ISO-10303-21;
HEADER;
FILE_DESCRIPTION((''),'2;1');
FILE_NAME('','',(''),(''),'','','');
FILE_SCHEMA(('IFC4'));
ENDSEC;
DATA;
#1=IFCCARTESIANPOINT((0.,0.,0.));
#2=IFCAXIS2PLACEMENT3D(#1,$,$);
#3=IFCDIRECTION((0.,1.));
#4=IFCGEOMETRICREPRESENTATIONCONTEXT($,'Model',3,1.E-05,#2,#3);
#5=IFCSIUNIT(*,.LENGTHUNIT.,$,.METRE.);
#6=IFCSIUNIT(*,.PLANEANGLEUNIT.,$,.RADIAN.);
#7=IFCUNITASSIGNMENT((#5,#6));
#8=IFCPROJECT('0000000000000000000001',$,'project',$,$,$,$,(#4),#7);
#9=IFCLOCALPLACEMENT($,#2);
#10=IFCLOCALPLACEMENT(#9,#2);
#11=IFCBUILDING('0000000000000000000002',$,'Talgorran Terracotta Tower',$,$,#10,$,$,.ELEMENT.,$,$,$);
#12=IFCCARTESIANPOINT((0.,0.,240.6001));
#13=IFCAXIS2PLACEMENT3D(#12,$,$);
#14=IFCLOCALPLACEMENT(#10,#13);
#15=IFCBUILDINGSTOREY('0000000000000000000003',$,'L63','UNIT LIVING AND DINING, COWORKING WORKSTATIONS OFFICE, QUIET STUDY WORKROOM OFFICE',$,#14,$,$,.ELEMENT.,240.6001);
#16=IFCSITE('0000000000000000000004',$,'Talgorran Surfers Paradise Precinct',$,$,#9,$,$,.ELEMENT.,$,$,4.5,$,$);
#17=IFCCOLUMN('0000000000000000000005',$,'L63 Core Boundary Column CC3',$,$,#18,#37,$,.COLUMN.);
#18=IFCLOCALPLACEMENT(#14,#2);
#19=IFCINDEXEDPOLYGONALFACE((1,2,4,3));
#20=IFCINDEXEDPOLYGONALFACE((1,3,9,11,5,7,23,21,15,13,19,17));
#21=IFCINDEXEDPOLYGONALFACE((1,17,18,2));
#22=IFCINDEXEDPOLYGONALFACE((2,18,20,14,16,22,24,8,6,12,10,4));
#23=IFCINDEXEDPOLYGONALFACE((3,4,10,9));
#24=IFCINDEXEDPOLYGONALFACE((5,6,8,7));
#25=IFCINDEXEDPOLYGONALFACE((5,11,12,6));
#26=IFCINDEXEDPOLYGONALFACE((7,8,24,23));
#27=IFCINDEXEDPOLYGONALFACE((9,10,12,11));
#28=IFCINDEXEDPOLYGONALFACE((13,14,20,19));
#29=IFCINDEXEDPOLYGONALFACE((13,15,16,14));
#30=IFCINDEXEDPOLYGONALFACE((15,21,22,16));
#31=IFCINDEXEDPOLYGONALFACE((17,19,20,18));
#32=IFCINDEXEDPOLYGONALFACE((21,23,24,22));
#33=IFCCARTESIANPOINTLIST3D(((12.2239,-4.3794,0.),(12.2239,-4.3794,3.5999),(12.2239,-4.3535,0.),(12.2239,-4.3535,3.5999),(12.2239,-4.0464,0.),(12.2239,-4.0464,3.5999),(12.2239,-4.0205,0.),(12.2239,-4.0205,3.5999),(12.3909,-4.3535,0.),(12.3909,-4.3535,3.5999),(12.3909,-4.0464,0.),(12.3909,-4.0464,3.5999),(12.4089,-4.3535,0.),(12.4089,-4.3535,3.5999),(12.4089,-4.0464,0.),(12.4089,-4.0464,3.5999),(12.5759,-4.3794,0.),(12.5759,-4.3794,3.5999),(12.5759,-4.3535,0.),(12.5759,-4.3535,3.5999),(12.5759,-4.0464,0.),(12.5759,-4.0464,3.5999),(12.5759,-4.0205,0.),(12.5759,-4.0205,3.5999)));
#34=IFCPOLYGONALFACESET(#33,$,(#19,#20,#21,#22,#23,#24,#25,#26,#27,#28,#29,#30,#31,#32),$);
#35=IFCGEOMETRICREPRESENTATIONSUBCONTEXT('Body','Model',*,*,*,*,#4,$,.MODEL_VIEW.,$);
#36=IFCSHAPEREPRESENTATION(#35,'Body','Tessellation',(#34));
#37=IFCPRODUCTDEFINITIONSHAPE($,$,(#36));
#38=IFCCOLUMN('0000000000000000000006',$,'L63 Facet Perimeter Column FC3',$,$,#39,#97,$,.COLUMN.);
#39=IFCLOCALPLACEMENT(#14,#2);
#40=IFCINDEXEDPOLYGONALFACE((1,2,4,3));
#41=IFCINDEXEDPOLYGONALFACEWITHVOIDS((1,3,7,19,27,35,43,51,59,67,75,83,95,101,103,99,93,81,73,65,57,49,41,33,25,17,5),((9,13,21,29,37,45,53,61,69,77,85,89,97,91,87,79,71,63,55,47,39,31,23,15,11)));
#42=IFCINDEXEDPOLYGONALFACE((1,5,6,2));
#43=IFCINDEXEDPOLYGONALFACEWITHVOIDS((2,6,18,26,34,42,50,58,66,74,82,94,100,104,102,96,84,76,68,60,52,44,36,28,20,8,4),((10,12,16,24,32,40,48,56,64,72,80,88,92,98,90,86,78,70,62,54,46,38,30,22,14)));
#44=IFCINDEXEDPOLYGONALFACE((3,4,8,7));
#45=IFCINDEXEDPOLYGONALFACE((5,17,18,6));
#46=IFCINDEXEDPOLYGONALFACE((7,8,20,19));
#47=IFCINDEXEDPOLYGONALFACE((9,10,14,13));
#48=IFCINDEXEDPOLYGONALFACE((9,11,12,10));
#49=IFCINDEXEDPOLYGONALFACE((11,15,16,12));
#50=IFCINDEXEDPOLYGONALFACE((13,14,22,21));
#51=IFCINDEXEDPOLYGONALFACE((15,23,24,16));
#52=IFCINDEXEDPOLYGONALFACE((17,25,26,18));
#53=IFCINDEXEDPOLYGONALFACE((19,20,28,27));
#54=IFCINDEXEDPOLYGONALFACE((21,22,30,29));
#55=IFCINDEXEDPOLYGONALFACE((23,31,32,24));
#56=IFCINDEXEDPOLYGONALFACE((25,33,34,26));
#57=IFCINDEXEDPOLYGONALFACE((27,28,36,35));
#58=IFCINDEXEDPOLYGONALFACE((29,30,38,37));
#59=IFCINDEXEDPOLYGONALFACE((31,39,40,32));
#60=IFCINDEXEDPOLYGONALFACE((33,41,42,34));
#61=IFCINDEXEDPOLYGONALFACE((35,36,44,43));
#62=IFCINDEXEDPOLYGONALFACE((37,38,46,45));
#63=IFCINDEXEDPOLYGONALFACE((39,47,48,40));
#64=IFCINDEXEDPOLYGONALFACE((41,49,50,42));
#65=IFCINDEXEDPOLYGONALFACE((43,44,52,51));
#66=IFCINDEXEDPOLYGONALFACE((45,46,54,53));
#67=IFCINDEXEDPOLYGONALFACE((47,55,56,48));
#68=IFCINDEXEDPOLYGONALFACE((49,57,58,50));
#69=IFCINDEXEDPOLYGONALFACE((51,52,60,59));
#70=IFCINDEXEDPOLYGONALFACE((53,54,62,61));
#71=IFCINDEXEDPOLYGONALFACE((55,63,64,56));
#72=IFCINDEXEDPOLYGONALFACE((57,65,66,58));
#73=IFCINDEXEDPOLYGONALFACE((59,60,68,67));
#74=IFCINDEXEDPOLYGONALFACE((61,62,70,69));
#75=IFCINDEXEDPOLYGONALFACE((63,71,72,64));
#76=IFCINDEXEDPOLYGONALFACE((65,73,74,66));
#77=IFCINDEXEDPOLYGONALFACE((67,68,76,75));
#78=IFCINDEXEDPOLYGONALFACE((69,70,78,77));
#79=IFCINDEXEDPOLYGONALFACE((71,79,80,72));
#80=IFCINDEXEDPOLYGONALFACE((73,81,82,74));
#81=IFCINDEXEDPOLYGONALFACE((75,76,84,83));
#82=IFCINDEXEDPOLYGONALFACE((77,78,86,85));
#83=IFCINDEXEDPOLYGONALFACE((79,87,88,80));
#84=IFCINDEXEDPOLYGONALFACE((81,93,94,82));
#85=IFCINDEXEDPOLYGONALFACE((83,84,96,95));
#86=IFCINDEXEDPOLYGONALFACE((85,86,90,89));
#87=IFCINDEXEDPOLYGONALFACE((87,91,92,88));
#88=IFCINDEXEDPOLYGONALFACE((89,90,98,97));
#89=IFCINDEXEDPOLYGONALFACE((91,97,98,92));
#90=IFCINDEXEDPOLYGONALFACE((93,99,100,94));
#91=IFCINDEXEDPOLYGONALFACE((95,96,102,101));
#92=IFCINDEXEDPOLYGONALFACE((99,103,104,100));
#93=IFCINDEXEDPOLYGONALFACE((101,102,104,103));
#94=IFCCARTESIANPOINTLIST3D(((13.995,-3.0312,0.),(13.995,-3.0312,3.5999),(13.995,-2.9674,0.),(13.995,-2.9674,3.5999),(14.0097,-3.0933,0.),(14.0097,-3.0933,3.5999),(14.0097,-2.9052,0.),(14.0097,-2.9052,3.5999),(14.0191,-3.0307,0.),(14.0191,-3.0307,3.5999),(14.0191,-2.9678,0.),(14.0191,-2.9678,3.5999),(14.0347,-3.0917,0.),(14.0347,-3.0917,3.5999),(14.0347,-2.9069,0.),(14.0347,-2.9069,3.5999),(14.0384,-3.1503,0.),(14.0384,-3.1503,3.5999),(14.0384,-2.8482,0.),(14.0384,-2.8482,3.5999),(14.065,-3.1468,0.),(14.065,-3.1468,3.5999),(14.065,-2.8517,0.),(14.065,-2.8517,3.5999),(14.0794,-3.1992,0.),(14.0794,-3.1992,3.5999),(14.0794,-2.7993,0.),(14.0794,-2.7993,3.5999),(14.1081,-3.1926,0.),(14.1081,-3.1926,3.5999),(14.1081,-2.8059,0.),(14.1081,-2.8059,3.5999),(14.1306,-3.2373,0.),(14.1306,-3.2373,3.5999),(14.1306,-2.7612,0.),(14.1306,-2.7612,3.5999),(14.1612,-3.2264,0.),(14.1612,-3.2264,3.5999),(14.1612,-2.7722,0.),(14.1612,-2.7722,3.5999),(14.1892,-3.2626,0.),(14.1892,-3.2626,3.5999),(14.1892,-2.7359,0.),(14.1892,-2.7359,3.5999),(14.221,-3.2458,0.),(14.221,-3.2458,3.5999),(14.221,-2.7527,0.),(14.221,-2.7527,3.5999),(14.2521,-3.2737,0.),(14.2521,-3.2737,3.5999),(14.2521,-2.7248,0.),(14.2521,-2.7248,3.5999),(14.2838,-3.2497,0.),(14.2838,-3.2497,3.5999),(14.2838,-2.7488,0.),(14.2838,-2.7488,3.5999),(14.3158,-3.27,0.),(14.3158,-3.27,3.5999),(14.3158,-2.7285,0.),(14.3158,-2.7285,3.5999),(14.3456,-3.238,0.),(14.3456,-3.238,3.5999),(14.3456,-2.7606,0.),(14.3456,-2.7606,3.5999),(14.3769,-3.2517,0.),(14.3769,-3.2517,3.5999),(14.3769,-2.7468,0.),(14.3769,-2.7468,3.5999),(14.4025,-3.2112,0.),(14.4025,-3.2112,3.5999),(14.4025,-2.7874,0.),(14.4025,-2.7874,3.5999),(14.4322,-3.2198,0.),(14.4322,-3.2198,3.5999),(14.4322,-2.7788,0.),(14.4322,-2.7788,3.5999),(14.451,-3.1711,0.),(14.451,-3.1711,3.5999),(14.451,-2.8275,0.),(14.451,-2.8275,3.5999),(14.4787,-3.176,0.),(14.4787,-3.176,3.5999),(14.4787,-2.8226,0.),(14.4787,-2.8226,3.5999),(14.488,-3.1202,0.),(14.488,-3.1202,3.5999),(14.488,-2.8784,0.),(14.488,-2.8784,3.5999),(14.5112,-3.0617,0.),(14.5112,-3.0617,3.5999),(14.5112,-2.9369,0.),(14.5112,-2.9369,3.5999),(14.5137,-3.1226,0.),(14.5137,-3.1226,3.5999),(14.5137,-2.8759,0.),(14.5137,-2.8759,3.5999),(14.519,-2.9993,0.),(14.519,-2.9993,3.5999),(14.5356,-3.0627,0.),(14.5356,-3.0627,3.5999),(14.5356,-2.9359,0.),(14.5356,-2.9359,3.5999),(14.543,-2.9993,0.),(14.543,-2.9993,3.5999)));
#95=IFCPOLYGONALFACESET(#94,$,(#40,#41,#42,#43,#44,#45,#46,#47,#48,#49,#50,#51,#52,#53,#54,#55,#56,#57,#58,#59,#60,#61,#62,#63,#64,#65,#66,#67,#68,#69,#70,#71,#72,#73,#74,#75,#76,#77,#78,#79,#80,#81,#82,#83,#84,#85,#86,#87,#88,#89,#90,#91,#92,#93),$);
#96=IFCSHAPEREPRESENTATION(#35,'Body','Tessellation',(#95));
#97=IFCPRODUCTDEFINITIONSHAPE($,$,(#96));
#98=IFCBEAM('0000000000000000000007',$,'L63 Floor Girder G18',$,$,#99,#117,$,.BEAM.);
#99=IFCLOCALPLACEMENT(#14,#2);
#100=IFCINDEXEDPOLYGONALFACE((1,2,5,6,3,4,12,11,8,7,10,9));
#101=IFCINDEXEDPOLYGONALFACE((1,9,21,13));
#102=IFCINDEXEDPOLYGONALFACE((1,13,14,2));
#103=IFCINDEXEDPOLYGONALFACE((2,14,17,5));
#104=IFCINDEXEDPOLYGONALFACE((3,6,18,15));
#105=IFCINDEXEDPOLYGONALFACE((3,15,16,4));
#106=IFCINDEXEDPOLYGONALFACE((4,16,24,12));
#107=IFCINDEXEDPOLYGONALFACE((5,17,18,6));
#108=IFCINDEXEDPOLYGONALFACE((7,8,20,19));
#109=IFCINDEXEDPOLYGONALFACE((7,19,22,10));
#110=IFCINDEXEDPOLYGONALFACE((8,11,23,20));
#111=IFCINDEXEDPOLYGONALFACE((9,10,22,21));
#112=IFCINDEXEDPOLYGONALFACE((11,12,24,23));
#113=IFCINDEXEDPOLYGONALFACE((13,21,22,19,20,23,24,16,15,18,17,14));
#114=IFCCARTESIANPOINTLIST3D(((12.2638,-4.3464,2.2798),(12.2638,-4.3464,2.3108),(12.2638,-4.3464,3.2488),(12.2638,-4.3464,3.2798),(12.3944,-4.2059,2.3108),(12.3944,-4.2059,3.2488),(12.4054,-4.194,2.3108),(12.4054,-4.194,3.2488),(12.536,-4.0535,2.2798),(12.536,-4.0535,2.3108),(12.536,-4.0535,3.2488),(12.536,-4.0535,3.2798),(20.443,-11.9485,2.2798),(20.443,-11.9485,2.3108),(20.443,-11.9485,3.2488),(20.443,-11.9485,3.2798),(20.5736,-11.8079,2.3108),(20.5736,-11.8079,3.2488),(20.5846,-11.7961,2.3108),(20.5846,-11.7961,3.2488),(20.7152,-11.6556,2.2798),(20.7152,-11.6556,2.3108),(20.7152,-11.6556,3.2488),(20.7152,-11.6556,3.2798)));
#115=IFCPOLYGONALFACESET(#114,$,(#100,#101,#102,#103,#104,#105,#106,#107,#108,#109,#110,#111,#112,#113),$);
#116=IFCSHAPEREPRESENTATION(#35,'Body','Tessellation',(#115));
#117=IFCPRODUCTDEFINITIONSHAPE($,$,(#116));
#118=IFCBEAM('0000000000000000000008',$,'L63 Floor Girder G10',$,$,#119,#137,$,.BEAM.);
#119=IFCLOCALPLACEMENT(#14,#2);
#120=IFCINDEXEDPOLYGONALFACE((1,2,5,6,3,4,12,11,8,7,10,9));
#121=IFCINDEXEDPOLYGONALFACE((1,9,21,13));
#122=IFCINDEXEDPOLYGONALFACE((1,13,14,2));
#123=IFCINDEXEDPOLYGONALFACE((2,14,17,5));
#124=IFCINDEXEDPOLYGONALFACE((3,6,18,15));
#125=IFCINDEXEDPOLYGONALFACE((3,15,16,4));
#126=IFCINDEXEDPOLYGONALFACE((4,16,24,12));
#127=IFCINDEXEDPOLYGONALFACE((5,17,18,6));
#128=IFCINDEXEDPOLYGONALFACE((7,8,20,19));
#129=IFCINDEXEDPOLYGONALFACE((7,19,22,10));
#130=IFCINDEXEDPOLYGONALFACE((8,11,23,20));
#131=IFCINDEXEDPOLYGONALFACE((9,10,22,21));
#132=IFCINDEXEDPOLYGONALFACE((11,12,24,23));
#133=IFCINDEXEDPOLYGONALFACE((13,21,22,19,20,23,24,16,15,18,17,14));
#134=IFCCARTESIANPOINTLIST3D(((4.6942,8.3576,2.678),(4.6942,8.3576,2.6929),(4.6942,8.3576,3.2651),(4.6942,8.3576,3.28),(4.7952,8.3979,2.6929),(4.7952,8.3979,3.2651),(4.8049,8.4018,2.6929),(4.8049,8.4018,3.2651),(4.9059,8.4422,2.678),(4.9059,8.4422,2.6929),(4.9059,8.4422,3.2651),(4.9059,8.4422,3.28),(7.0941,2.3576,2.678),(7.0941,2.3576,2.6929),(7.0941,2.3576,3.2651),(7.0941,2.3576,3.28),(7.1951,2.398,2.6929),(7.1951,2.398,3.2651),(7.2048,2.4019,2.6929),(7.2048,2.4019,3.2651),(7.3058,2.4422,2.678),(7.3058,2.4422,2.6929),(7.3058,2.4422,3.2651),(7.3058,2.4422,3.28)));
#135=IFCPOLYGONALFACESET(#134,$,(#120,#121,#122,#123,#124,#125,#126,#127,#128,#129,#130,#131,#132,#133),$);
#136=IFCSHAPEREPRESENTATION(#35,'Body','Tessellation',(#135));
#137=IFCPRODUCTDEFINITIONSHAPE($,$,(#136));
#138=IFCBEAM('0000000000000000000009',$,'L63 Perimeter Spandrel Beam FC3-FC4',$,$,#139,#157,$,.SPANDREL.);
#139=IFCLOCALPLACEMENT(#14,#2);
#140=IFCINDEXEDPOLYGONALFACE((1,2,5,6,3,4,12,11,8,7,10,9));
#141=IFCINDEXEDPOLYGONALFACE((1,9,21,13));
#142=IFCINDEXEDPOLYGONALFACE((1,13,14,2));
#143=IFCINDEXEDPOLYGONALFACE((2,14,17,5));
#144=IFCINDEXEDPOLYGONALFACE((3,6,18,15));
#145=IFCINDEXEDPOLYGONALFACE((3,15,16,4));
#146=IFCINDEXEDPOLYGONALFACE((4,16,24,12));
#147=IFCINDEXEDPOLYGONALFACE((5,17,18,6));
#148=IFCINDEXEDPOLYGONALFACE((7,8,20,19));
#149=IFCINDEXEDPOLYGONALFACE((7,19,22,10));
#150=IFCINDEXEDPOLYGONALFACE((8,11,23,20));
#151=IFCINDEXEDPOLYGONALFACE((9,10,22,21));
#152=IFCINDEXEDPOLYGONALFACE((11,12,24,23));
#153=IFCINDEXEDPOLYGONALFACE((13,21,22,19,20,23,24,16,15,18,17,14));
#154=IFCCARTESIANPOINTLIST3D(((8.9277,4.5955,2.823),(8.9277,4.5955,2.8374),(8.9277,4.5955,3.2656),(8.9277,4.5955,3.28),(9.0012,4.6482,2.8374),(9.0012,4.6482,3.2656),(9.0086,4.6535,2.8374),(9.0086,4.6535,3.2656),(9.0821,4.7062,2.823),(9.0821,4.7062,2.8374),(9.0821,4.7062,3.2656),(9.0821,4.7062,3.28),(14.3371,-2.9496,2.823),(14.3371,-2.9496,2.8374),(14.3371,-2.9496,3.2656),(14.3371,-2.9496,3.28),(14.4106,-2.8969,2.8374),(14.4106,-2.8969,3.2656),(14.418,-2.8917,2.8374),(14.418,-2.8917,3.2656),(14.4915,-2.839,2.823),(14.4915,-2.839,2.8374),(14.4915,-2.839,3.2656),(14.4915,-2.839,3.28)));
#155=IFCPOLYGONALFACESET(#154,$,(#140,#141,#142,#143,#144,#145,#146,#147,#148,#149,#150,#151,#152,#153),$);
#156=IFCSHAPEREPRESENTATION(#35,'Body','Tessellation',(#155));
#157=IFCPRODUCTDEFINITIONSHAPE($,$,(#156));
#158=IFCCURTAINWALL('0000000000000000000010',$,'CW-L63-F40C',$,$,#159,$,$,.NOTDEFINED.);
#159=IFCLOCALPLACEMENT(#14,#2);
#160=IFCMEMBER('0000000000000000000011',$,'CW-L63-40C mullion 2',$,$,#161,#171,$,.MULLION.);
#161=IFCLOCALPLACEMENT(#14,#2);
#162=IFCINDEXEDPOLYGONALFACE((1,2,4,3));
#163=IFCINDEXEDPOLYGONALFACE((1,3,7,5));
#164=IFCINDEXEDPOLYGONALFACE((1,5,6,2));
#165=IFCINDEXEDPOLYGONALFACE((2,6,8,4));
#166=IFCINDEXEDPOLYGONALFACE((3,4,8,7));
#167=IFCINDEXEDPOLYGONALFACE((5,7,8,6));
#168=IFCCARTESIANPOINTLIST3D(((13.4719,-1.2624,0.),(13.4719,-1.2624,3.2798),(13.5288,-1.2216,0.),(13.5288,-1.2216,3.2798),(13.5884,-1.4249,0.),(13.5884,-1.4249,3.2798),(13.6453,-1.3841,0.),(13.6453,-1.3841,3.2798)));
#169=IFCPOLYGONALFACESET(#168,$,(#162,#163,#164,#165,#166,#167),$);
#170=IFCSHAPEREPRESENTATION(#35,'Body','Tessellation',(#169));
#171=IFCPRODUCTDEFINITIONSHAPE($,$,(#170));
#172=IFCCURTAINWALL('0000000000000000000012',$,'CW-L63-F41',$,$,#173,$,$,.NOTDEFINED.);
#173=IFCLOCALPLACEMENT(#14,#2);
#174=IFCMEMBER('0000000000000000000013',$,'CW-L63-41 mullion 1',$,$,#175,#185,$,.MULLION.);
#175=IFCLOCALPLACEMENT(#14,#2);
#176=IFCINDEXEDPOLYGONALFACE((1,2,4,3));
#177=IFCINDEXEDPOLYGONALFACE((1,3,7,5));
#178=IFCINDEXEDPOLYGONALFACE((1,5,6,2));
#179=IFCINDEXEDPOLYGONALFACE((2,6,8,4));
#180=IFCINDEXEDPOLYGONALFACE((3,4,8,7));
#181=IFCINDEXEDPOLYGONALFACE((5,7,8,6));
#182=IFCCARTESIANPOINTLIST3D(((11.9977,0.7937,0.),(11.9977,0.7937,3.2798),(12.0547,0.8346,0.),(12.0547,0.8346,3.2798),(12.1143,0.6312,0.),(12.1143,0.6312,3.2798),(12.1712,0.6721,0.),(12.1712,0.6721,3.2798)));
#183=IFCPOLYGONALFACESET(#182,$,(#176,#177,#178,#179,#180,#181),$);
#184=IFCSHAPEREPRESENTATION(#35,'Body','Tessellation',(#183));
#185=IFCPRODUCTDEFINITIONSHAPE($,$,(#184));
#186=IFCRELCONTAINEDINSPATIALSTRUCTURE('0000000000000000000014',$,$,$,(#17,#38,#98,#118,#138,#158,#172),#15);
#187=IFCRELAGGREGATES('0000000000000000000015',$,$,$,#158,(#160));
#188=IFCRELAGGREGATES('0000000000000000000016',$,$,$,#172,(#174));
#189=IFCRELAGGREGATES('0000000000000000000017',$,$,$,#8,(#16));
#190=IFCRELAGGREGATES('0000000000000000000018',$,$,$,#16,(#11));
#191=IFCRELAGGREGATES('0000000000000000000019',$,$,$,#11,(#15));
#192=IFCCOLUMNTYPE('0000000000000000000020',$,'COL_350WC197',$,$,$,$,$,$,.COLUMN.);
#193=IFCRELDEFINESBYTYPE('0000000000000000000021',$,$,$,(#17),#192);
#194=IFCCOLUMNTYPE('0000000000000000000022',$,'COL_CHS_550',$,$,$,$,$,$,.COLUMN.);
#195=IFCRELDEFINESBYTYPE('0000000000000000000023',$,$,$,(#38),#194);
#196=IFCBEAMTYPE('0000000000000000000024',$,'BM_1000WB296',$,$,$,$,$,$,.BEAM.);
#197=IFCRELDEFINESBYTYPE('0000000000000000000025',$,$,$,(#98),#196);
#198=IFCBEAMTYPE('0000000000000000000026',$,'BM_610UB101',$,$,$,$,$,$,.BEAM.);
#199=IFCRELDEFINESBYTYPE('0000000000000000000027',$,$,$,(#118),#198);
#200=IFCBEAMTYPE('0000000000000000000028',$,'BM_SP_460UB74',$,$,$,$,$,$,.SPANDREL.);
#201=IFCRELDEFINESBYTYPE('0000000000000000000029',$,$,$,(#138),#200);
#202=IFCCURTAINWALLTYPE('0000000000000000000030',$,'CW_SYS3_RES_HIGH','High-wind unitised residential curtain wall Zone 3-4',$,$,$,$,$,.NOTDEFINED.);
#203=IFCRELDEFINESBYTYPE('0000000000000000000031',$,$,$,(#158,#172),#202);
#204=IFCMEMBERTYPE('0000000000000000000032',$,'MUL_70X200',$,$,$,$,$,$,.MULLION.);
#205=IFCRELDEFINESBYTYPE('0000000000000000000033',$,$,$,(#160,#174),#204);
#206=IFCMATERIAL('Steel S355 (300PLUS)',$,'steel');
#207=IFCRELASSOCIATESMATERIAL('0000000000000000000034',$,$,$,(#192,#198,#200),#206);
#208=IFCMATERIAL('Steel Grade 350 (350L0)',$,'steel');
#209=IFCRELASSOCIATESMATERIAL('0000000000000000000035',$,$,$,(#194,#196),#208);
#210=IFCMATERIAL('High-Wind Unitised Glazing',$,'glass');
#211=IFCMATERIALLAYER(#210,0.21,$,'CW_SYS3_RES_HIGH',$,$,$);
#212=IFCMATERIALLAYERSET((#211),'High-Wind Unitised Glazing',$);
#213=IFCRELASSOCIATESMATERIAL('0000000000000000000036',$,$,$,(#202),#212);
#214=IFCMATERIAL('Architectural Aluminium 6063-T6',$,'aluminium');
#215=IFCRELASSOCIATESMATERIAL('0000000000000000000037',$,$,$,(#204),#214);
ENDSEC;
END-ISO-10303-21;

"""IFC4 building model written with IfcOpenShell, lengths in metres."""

from ifc_helpers import new_model, si_unit, direction, frame, origin, origin_2d, place, context, subcontext, project, spatial, rectangle, hollow_circle, i_section, extrude, material, layer, layer_set, material_profile, profile_set, type_object, element, aggregate, save


model = new_model("IFC4")

# Units and contexts
model_context = context("Model", 3, precision=1e-05, world=origin(), true_north=direction((0.0, 1.0)))
body_context = subcontext(model_context, "Body", "Model", "MODEL_VIEW")
ifc_project = project(units=[si_unit("LENGTHUNIT", "METRE"), si_unit("PLANEANGLEUNIT", "RADIAN")], contexts=[model_context])

# Site, building, storey
site_placement = place(None, origin())
site = spatial("IfcSite", under=ifc_project, at=site_placement, Name="Talgorran Surfers Paradise Precinct", CompositionType="ELEMENT", RefElevation=4.5)
building_placement = place(site_placement, origin())
building = spatial("IfcBuilding", under=site, at=building_placement, Name="Talgorran Terracotta Tower", CompositionType="ELEMENT")
storey_placement = place(building_placement, frame((0.0, 0.0, 240.6001)))
storey = spatial("IfcBuildingStorey", under=building, at=storey_placement, Name="L63", Description="UNIT LIVING AND DINING, COWORKING WORKSTATIONS OFFICE, QUIET STUDY WORKROOM OFFICE", CompositionType="ELEMENT", Elevation=240.6001)

# Columns
ifc_material_1 = material(Name="Steel S355 (300PLUS)", Category="steel")
ifc_material_profile_1 = material_profile(ifc_material_1, i_section(OverallWidth=0.3521, OverallDepth=0.3589, WebThickness=0.0181, FlangeThickness=0.0259, at=origin_2d()), Name="350WC197")
ifc_profile_set_1 = profile_set([ifc_material_profile_1], Name="Steel S355 (300PLUS)")
column_type_1 = type_object("IfcColumnType", Name="COL_350WC197", PredefinedType="COLUMN", material=ifc_profile_set_1)
column_1_placement = place(storey_placement, frame((12.3999, -4.2, 0.0), z_axis=(0.0, 0.0, 1.0), x_axis=(1.0, 0.0, 0.0)))
element("IfcColumn", 1, at=column_1_placement, inside=storey, type_object=column_type_1, Name="L63 Core Boundary Column CC3", PredefinedType="COLUMN", context=body_context, shape_type="SweptSolid", body=[
    extrude(i_section(OverallWidth=0.3521, OverallDepth=0.3589, WebThickness=0.0181, FlangeThickness=0.0259, at=origin_2d()), origin(), (0.0, 0.0, 1.0), 3.5999),
])
ifc_material_2 = material(Name="Steel Grade 350 (350L0)", Category="steel")
ifc_material_profile_2 = material_profile(ifc_material_2, hollow_circle(Radius=0.2749, WallThickness=0.0239, at=origin_2d()), Name="CHS550X24")
ifc_profile_set_2 = profile_set([ifc_material_profile_2], Name="Steel Grade 350 (350L0)")
column_type_2 = type_object("IfcColumnType", Name="COL_CHS_550", PredefinedType="COLUMN", material=ifc_profile_set_2)
column_2_placement = place(storey_placement, frame((14.2681, -2.9993, 0.0), z_axis=(0.0, 0.0, 1.0), x_axis=(1.0, 0.0, 0.0)))
element("IfcColumn", 2, at=column_2_placement, inside=storey, type_object=column_type_2, Name="L63 Facet Perimeter Column FC3", PredefinedType="COLUMN", context=body_context, shape_type="SweptSolid", body=[
    extrude(hollow_circle(Radius=0.2749, WallThickness=0.0239, at=origin_2d()), origin(), (0.0, 0.0, 1.0), 3.5999),
])

# Beams
ifc_material_profile_3 = material_profile(ifc_material_2, i_section(OverallWidth=0.3999, OverallDepth=1.0, WebThickness=0.0161, FlangeThickness=0.031, at=origin_2d()), Name="1000WB296")
ifc_profile_set_3 = profile_set([ifc_material_profile_3], Name="Steel Grade 350 (350L0)")
beam_type_1 = type_object("IfcBeamType", Name="BM_1000WB296", PredefinedType="BEAM", material=ifc_profile_set_3)
beam_1_placement = place(storey_placement, frame((12.3999, -4.2, 2.7798), z_axis=(0.732477, -0.680792, 0.0), x_axis=(0.680792, 0.732477, 0.0)))
element("IfcBeam", 3, at=beam_1_placement, inside=storey, type_object=beam_type_1, Name="L63 Floor Girder G18", PredefinedType="BEAM", context=body_context, shape_type="SweptSolid", body=[
    extrude(i_section(OverallWidth=0.3999, OverallDepth=1.0, WebThickness=0.0161, FlangeThickness=0.031, at=origin_2d()), origin(), (0.0, 0.0, 1.0), 11.1665),
])
ifc_material_profile_4 = material_profile(ifc_material_1, i_section(OverallWidth=0.228, OverallDepth=0.6021, WebThickness=0.0105, FlangeThickness=0.0149, at=origin_2d()), Name="610UB101")
ifc_profile_set_4 = profile_set([ifc_material_profile_4], Name="Steel S355 (300PLUS)")
beam_type_2 = type_object("IfcBeamType", Name="BM_610UB101", PredefinedType="BEAM", material=ifc_profile_set_4)
beam_2_placement = place(storey_placement, frame((7.2, 2.3999, 2.979), z_axis=(-0.371378, 0.928482, 0.0), x_axis=(-0.928482, -0.371378, 0.0)))
element("IfcBeam", 4, at=beam_2_placement, inside=storey, type_object=beam_type_2, Name="L63 Floor Girder G10", PredefinedType="BEAM", context=body_context, shape_type="SweptSolid", body=[
    extrude(i_section(OverallWidth=0.228, OverallDepth=0.6021, WebThickness=0.0105, FlangeThickness=0.0149, at=origin_2d()), origin(), (0.0, 0.0, 1.0), 6.4622),
])
ifc_material_profile_5 = material_profile(ifc_material_1, i_section(OverallWidth=0.1899, OverallDepth=0.457, WebThickness=0.009, FlangeThickness=0.0144, at=origin_2d()), Name="460UB74.6")
ifc_profile_set_5 = profile_set([ifc_material_profile_5], Name="Steel S355 (300PLUS)")
beam_type_3 = type_object("IfcBeamType", Name="BM_SP_460UB74", PredefinedType="SPANDREL", material=ifc_profile_set_5)
beam_3_placement = place(storey_placement, frame((14.4143, -2.8943, 3.0515), z_axis=(-0.582665, 0.812712, 0.0), x_axis=(-0.812712, -0.582665, 0.0)))
element("IfcBeam", 5, at=beam_3_placement, inside=storey, type_object=beam_type_3, Name="L63 Perimeter Spandrel Beam FC3-FC4", PredefinedType="SPANDREL", context=body_context, shape_type="SweptSolid", body=[
    extrude(i_section(OverallWidth=0.1899, OverallDepth=0.457, WebThickness=0.009, FlangeThickness=0.0144, at=origin_2d()), origin(), (0.0, 0.0, 1.0), 9.2839),
])

# Curtain wall, member
ifc_material_3 = material(Name="High-Wind Unitised Glazing", Category="glass")
ifc_layer_1 = layer(ifc_material_3, 0.21, Name="CW_SYS3_RES_HIGH")
ifc_layer_set_1 = layer_set([ifc_layer_1], Name="High-Wind Unitised Glazing")
curtain_wall_type = type_object("IfcCurtainWallType", Name="CW_SYS3_RES_HIGH", Description="High-wind unitised residential curtain wall Zone 3-4", PredefinedType="NOTDEFINED", material=ifc_layer_set_1)
curtain_wall_1_placement = place(storey_placement, origin())
curtain_wall_1 = element("IfcCurtainWall", 6, at=curtain_wall_1_placement, inside=storey, type_object=curtain_wall_type, Name="CW-L63-F40C", PredefinedType="NOTDEFINED")
ifc_material_4 = material(Name="Architectural Aluminium 6063-T6", Category="aluminium")
ifc_material_profile_6 = material_profile(ifc_material_4, rectangle(XDim=0.0701, YDim=0.2, at=origin_2d()), Name="CWM70X200")
ifc_profile_set_6 = profile_set([ifc_material_profile_6], Name="Architectural Aluminium 6063-T6")
member_type_1 = type_object("IfcMemberType", Name="MUL_70X200", PredefinedType="MULLION", material=ifc_profile_set_6)
member_1_placement = place(storey_placement, frame((13.5586, -1.3232, 0.0), z_axis=(0.0, 0.0, 1.0), x_axis=(-0.812712, -0.582665, 0.0)))
member_1 = element("IfcMember", 7, at=member_1_placement, type_object=member_type_1, Name="CW-L63-40C mullion 2", PredefinedType="MULLION", context=body_context, shape_type="SweptSolid", body=[
    extrude(rectangle(XDim=0.0701, YDim=0.2, at=origin_2d()), origin(), (0.0, 0.0, 1.0), 3.2798),
])

# Curtain wall, member
curtain_wall_2_placement = place(storey_placement, origin())
curtain_wall_2 = element("IfcCurtainWall", 8, at=curtain_wall_2_placement, inside=storey, type_object=curtain_wall_type, Name="CW-L63-F41", PredefinedType="NOTDEFINED")
member_2_placement = place(storey_placement, frame((12.0845, 0.7329, 0.0), z_axis=(0.0, 0.0, 1.0), x_axis=(-0.812715, -0.582661, 0.0)))
member_2 = element("IfcMember", 9, at=member_2_placement, type_object=member_type_1, Name="CW-L63-41 mullion 1", PredefinedType="MULLION", context=body_context, shape_type="SweptSolid", body=[
    extrude(rectangle(XDim=0.0701, YDim=0.2, at=origin_2d()), origin(), (0.0, 0.0, 1.0), 3.2798),
])

aggregate(curtain_wall_1, [member_1])
aggregate(curtain_wall_2, [member_2])

save(model, "model.ifc")
